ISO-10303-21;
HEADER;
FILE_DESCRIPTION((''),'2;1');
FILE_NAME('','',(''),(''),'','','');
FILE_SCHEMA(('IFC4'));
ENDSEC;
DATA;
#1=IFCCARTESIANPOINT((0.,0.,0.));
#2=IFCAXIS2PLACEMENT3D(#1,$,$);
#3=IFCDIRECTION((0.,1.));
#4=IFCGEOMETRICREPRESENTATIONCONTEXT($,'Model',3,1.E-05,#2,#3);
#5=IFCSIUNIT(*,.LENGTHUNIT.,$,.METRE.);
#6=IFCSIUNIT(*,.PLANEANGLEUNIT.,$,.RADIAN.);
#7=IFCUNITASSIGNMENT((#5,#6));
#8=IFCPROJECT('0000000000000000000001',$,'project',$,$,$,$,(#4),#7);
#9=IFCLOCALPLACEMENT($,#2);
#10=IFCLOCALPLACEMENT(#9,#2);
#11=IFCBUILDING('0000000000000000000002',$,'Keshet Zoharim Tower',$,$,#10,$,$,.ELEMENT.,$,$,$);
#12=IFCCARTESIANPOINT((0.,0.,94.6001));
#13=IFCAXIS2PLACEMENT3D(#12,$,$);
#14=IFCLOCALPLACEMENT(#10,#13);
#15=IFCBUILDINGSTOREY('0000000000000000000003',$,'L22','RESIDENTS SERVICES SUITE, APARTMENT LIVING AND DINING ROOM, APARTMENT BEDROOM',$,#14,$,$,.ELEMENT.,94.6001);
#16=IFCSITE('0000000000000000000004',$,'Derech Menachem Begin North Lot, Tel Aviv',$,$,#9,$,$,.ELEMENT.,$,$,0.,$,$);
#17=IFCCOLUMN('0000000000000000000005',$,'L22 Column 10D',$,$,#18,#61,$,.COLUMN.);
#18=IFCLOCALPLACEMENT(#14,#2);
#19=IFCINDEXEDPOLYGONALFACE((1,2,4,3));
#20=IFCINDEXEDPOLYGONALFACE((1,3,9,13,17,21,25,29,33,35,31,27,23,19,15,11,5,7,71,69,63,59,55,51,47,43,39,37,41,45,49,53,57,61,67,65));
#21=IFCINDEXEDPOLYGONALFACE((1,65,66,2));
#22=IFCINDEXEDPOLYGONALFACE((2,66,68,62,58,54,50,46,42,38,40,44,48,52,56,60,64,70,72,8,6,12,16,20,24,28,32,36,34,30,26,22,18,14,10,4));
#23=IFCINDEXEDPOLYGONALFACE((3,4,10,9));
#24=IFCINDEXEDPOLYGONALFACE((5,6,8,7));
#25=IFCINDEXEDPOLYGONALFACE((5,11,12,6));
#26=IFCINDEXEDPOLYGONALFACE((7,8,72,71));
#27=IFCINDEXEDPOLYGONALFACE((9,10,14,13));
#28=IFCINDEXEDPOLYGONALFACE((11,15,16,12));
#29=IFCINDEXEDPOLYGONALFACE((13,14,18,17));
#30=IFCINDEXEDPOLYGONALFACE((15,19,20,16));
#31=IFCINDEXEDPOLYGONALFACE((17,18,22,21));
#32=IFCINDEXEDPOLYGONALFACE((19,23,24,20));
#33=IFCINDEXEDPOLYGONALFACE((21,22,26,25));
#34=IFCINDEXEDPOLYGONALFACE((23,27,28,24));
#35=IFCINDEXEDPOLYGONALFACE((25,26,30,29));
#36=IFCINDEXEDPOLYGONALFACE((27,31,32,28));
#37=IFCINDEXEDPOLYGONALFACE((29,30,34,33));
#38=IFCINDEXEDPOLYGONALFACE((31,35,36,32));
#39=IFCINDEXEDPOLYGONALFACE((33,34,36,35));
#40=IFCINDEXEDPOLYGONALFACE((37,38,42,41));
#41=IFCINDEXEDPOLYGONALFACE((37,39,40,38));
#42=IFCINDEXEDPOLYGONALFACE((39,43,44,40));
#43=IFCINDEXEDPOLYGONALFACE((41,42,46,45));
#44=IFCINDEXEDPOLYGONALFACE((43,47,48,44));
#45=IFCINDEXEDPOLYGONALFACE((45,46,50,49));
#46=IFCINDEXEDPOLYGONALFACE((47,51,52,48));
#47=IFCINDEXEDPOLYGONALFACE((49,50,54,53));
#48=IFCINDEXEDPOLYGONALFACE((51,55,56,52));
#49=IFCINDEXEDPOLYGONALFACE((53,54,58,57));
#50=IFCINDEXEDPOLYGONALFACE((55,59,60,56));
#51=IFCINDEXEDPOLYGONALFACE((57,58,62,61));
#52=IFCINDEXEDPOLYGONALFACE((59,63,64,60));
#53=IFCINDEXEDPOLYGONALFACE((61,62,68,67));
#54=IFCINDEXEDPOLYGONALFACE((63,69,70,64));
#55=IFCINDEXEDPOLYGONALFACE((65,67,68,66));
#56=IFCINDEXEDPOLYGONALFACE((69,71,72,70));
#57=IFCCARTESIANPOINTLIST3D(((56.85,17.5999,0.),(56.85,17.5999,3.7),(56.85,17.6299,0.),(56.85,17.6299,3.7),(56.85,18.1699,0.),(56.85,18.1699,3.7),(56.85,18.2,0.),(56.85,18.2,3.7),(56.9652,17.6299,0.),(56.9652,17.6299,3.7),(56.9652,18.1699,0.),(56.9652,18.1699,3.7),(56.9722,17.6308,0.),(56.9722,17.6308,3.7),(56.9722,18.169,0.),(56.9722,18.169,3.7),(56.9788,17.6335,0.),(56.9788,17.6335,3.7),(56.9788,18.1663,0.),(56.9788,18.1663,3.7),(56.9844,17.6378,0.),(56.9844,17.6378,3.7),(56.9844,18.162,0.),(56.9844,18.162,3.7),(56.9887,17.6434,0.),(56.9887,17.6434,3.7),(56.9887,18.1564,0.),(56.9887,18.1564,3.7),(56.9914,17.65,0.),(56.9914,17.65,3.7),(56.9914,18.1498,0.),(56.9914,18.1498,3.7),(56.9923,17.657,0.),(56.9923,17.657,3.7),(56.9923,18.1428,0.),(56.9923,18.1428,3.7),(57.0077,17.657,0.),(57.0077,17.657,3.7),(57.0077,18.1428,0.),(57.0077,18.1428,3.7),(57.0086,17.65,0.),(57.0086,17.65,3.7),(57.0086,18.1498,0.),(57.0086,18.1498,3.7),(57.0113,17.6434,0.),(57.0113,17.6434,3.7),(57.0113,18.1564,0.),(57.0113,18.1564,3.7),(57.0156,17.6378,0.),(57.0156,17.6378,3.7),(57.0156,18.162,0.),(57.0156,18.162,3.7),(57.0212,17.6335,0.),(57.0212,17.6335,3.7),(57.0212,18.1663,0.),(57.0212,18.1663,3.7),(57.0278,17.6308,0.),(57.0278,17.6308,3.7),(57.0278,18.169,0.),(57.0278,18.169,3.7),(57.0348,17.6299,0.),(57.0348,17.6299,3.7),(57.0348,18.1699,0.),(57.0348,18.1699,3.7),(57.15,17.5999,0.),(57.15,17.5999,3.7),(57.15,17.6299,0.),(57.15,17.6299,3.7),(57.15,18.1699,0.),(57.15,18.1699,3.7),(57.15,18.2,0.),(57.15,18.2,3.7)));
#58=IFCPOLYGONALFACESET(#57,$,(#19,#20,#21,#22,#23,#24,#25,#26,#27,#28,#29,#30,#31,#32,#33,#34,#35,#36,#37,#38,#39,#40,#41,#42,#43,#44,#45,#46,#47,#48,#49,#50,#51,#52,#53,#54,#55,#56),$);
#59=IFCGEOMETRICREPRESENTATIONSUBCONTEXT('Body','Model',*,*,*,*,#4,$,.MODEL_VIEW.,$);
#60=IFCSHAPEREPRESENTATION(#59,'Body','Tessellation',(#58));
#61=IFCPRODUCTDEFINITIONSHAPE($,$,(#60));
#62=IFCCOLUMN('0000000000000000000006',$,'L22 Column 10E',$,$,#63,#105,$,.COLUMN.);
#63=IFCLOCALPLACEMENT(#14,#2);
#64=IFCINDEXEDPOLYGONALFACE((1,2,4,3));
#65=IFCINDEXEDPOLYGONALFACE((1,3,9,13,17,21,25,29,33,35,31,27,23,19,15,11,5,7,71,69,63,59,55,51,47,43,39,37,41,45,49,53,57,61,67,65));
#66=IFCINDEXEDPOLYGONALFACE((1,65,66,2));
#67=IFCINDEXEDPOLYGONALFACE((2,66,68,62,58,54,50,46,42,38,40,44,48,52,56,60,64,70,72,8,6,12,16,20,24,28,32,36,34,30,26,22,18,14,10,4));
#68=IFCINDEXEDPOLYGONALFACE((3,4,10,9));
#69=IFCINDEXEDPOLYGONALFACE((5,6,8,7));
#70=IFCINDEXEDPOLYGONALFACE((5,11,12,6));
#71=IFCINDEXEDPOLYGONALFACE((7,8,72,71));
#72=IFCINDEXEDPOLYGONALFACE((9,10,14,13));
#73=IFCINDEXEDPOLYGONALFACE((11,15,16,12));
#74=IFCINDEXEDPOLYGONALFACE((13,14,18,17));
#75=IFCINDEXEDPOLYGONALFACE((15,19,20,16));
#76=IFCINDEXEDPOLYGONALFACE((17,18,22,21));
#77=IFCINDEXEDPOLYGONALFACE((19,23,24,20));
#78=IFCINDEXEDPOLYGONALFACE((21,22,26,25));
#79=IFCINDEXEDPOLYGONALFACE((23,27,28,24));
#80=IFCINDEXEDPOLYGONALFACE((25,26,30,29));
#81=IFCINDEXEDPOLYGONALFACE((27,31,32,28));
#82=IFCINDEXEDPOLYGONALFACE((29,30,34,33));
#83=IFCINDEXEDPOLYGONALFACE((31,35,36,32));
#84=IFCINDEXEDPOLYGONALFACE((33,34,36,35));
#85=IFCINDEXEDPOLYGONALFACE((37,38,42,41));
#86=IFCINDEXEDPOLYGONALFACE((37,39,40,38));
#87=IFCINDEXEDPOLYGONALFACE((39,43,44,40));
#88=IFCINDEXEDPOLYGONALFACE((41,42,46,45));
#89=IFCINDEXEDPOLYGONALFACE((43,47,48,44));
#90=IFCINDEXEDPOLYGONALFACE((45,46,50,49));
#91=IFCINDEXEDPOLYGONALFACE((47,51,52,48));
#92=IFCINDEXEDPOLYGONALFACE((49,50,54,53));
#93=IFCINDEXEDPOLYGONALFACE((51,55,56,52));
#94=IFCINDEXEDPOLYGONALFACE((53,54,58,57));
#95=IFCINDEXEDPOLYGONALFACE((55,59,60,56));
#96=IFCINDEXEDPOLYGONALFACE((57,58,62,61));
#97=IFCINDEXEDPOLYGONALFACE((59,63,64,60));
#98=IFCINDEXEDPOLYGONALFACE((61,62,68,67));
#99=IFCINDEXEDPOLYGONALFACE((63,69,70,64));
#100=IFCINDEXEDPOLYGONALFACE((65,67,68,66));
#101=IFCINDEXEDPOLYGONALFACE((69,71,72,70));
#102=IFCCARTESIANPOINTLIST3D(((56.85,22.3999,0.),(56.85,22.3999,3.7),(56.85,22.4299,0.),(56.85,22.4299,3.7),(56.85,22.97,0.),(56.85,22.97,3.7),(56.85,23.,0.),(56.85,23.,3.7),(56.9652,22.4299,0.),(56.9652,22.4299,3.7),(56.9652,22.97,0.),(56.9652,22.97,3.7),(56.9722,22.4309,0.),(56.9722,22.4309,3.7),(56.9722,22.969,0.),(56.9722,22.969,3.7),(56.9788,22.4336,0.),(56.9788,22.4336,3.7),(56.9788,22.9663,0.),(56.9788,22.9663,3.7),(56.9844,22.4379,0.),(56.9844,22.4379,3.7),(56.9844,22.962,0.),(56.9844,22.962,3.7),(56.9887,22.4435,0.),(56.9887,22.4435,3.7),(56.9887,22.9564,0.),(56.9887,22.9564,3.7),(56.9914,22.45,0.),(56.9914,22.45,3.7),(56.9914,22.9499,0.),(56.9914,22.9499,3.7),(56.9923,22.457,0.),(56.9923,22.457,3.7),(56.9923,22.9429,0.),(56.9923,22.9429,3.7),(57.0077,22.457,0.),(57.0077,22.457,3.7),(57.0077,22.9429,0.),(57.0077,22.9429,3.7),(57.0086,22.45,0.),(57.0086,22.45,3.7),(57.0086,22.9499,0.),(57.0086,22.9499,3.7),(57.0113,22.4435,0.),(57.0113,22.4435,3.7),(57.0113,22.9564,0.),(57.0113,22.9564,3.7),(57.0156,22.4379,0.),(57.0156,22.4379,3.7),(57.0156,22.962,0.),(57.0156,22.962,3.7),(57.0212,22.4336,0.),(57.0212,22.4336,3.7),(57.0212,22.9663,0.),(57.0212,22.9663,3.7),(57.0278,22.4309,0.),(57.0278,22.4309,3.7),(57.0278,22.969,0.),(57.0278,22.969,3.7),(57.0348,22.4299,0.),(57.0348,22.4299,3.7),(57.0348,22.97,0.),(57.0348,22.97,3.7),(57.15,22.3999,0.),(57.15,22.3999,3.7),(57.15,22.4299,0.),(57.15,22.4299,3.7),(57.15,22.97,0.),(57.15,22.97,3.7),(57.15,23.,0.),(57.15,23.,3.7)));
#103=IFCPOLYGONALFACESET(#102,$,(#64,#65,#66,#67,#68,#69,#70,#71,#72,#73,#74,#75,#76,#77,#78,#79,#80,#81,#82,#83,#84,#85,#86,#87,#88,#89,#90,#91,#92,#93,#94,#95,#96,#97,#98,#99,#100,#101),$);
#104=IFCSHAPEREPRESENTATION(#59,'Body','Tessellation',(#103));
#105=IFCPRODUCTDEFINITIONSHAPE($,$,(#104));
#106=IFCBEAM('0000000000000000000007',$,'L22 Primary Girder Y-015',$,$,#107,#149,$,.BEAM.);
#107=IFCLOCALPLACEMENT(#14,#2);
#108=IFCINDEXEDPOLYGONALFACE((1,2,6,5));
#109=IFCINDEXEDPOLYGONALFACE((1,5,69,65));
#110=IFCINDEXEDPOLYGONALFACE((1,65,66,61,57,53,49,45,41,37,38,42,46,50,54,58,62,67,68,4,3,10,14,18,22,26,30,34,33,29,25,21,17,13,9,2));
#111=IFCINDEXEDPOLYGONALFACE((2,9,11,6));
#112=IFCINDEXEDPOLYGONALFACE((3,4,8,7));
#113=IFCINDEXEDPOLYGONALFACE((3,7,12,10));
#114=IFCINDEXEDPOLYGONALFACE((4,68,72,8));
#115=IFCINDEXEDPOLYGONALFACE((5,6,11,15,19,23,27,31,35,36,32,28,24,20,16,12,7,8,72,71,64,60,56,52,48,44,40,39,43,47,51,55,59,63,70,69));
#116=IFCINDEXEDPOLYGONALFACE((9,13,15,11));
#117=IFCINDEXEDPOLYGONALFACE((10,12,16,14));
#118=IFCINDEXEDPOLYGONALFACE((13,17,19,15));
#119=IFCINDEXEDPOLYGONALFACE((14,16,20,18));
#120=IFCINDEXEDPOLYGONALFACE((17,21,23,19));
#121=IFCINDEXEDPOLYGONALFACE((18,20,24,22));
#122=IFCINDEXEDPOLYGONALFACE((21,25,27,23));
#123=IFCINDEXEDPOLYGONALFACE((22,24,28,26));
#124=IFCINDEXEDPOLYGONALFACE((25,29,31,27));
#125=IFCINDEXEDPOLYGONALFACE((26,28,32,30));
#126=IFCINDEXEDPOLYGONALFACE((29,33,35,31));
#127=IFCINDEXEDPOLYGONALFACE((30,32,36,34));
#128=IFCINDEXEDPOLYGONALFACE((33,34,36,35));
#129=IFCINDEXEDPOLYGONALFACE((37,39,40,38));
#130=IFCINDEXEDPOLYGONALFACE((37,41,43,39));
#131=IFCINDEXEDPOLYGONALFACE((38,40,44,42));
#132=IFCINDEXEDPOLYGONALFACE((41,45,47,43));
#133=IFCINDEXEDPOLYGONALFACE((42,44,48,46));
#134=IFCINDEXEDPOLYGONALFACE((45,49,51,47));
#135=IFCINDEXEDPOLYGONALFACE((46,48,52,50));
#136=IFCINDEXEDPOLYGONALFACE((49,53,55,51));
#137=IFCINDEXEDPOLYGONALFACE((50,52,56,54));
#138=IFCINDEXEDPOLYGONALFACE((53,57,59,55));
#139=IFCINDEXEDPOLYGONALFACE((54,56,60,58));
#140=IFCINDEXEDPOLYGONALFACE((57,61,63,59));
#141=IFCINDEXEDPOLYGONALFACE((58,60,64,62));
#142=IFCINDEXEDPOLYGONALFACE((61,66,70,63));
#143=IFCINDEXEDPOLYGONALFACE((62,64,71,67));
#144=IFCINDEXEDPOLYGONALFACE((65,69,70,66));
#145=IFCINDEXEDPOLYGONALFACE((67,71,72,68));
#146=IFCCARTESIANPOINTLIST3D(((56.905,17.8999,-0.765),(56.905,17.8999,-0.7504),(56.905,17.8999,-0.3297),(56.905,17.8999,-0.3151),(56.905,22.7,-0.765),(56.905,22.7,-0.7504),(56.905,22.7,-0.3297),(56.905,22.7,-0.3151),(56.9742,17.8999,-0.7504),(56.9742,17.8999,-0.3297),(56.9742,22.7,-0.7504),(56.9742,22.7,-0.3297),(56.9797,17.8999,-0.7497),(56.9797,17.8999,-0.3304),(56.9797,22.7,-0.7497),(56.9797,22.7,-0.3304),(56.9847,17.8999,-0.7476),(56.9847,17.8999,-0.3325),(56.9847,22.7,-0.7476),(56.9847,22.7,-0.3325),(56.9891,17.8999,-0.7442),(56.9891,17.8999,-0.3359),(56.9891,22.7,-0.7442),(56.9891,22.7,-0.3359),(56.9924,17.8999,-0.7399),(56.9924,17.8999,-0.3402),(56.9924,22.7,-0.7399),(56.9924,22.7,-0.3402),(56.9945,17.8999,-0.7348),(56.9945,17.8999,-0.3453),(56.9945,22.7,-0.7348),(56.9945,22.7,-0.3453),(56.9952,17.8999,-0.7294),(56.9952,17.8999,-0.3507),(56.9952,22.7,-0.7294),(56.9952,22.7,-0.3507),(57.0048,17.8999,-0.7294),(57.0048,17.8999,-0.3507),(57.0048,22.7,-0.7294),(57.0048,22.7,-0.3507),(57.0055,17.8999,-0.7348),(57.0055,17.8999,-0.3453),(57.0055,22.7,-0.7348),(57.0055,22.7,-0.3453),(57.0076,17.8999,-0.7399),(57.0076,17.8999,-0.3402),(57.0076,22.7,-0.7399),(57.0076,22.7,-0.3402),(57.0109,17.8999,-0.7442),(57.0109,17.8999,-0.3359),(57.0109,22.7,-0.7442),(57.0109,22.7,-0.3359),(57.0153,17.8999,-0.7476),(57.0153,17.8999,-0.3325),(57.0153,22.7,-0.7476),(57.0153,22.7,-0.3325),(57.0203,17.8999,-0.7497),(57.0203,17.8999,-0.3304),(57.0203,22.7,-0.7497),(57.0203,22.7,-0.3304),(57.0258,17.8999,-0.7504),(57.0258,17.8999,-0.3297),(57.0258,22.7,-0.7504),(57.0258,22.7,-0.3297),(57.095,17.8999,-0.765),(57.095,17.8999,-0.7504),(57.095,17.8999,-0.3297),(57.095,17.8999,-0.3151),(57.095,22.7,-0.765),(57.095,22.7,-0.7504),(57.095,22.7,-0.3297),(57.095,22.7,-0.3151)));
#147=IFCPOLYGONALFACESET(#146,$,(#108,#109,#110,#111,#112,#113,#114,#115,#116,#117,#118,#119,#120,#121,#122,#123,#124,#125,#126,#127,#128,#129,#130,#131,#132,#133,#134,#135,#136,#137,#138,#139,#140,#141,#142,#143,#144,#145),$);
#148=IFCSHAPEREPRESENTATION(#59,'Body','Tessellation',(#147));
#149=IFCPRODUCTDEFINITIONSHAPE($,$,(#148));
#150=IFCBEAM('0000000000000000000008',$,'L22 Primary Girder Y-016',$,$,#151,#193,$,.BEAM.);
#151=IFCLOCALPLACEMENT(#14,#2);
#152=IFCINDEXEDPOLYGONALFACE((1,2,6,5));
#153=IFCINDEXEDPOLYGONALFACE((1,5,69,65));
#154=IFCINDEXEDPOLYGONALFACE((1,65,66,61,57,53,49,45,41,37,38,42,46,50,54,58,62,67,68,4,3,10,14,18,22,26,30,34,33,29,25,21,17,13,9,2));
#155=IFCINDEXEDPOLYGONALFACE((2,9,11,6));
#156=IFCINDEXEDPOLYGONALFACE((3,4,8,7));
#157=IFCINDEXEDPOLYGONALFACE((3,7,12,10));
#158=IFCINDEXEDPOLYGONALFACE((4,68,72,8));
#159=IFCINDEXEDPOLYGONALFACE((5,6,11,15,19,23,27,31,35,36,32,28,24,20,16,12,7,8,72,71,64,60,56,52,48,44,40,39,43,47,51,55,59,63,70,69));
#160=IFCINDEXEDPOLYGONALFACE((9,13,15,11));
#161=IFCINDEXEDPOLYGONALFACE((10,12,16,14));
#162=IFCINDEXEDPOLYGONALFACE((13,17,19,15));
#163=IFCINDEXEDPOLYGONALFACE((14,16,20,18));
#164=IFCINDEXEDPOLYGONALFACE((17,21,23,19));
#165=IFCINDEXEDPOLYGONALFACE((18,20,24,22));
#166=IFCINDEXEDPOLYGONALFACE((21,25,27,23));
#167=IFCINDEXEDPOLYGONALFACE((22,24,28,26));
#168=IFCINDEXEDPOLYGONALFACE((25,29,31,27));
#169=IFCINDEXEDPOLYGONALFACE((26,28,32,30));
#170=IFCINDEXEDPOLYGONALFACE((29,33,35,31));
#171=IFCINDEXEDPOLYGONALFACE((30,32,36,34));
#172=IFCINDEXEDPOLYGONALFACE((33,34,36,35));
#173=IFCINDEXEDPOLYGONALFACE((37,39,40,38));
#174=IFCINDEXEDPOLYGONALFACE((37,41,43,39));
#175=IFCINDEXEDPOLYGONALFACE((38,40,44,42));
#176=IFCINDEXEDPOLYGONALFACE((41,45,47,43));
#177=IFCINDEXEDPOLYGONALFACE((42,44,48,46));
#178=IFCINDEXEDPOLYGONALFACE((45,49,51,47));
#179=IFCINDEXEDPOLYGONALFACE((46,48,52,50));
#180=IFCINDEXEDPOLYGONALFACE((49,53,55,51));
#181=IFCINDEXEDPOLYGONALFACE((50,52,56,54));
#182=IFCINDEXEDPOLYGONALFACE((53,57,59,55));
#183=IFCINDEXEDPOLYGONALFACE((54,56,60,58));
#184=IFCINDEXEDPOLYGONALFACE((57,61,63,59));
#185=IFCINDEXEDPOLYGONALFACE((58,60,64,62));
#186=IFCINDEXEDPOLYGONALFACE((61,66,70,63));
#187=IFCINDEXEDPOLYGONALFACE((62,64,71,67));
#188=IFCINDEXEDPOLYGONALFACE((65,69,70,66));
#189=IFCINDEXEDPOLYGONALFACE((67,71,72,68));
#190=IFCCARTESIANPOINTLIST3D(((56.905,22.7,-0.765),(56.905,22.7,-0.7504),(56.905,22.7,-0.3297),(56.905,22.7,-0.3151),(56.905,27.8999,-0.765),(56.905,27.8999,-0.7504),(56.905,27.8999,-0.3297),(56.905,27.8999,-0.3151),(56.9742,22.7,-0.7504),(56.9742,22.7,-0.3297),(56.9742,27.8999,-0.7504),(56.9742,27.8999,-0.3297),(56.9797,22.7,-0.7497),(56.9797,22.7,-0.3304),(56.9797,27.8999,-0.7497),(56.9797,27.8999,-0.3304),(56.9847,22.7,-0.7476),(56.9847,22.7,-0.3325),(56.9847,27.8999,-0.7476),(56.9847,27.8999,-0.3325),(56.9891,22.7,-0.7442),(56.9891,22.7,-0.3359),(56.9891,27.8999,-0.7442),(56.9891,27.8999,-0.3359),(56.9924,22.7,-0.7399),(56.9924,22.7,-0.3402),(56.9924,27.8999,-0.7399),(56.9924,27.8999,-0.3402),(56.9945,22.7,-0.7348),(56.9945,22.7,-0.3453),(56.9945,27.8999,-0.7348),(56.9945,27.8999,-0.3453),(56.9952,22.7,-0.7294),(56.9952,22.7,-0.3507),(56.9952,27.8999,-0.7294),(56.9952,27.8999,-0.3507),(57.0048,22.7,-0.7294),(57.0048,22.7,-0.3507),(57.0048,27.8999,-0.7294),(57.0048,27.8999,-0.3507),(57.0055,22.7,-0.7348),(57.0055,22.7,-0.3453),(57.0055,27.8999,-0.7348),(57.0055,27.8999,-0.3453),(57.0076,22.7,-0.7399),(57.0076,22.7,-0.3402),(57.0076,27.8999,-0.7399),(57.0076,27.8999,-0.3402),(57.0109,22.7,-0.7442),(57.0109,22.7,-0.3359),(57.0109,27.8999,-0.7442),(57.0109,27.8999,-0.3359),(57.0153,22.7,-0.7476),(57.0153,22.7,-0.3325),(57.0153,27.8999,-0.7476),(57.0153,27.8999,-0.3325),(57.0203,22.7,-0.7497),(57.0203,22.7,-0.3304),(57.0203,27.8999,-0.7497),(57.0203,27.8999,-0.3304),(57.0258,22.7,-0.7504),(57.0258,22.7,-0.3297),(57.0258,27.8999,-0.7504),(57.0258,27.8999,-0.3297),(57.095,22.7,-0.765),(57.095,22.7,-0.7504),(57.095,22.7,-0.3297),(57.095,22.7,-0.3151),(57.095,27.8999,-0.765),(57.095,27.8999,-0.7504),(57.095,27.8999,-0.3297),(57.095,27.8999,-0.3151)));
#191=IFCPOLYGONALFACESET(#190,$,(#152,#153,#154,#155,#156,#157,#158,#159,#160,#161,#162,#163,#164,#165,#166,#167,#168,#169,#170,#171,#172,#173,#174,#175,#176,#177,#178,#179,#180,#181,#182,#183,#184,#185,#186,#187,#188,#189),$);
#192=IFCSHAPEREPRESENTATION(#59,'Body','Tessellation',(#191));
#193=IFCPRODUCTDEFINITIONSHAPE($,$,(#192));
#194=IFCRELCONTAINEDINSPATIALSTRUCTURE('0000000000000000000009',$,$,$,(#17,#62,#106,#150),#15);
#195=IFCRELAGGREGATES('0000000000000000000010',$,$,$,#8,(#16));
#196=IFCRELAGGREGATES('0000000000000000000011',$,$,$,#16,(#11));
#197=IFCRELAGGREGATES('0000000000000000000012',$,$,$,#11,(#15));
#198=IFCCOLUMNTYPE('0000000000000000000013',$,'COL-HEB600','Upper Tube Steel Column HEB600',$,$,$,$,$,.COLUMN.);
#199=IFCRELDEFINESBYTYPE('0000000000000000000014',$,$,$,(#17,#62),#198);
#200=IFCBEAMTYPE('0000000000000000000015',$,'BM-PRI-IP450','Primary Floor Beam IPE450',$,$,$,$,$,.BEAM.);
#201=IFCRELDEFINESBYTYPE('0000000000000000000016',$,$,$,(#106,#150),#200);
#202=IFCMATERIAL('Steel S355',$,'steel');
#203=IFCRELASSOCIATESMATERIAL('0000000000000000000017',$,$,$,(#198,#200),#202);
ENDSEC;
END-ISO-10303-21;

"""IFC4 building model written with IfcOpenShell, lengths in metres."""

from ifc_helpers import new_model, si_unit, direction, frame, origin, origin_2d, place, context, subcontext, project, spatial, i_section, extrude, material, material_profile, profile_set, type_object, element, save


model = new_model("IFC4")

# Units and contexts
model_context = context("Model", 3, precision=1e-05, world=origin(), true_north=direction((0.0, 1.0)))
body_context = subcontext(model_context, "Body", "Model", "MODEL_VIEW")
ifc_project = project(units=[si_unit("LENGTHUNIT", "METRE"), si_unit("PLANEANGLEUNIT", "RADIAN")], contexts=[model_context])

# Site, building, storey
site_placement = place(None, origin())
site = spatial("IfcSite", under=ifc_project, at=site_placement, Name="Derech Menachem Begin North Lot, Tel Aviv", CompositionType="ELEMENT", RefElevation=0.0)
building_placement = place(site_placement, origin())
building = spatial("IfcBuilding", under=site, at=building_placement, Name="Keshet Zoharim Tower", CompositionType="ELEMENT")
storey_placement = place(building_placement, frame((0.0, 0.0, 94.6001)))
storey = spatial("IfcBuildingStorey", under=building, at=storey_placement, Name="L22", Description="RESIDENTS SERVICES SUITE, APARTMENT LIVING AND DINING ROOM, APARTMENT BEDROOM", CompositionType="ELEMENT", Elevation=94.6001)

# Columns
ifc_material_1 = material(Name="Steel S355", Category="steel")
ifc_material_profile_1 = material_profile(ifc_material_1, i_section(OverallWidth=0.3, OverallDepth=0.6001, WebThickness=0.0154, FlangeThickness=0.03, FilletRadius=0.0271, at=origin_2d()), Name="HEB600")
ifc_profile_set_1 = profile_set([ifc_material_profile_1], Name="Steel S355")
column_type = type_object("IfcColumnType", Name="COL-HEB600", Description="Upper Tube Steel Column HEB600", PredefinedType="COLUMN", material=ifc_profile_set_1)
for number, where, z_axis, x_axis, name in (
    (1, (57.0, 17.8999, 0.0), (0.0, 0.0, 1.0), (1.0, 0.0, 0.0), "L22 Column 10D"),
    (2, (57.0, 22.7, 0.0), (0.0, 0.0, 1.0), (1.0, 0.0, 0.0), "L22 Column 10E"),
):
    element("IfcColumn", number, at=place(storey_placement, frame(where, z_axis=z_axis, x_axis=x_axis)), inside=storey, type_object=column_type, Name=name, PredefinedType="COLUMN", context=body_context, shape_type="SweptSolid", body=[
        extrude(i_section(OverallWidth=0.3, OverallDepth=0.6001, WebThickness=0.0154, FlangeThickness=0.03, FilletRadius=0.0271, at=origin_2d()), origin(), (0.0, 0.0, 1.0), 3.7),
    ])

# Beams
ifc_material_profile_2 = material_profile(ifc_material_1, i_section(OverallWidth=0.1899, OverallDepth=0.45, WebThickness=0.0095, FlangeThickness=0.0146, FilletRadius=0.021, at=origin_2d()), Name="IPE450")
ifc_profile_set_2 = profile_set([ifc_material_profile_2], Name="Steel S355")
beam_type = type_object("IfcBeamType", Name="BM-PRI-IP450", Description="Primary Floor Beam IPE450", PredefinedType="BEAM", material=ifc_profile_set_2)
beam_1_placement = place(storey_placement, frame((57.0, 17.8999, -0.54), z_axis=(0.0, 1.0, 0.0), x_axis=(-1.0, 0.0, 0.0)))
element("IfcBeam", 3, at=beam_1_placement, inside=storey, type_object=beam_type, Name="L22 Primary Girder Y-015", PredefinedType="BEAM", context=body_context, shape_type="SweptSolid", body=[
    extrude(i_section(OverallWidth=0.1899, OverallDepth=0.45, WebThickness=0.0095, FlangeThickness=0.0146, FilletRadius=0.021, at=origin_2d()), origin(), (0.0, 0.0, 1.0), 4.8),
])
beam_2_placement = place(storey_placement, frame((57.0, 22.7, -0.54), z_axis=(0.0, 1.0, 0.0), x_axis=(-1.0, 0.0, 0.0)))
element("IfcBeam", 4, at=beam_2_placement, inside=storey, type_object=beam_type, Name="L22 Primary Girder Y-016", PredefinedType="BEAM", context=body_context, shape_type="SweptSolid", body=[
    extrude(i_section(OverallWidth=0.1899, OverallDepth=0.45, WebThickness=0.0095, FlangeThickness=0.0146, FilletRadius=0.021, at=origin_2d()), origin(), (0.0, 0.0, 1.0), 5.2),
])

save(model, "model.ifc")
